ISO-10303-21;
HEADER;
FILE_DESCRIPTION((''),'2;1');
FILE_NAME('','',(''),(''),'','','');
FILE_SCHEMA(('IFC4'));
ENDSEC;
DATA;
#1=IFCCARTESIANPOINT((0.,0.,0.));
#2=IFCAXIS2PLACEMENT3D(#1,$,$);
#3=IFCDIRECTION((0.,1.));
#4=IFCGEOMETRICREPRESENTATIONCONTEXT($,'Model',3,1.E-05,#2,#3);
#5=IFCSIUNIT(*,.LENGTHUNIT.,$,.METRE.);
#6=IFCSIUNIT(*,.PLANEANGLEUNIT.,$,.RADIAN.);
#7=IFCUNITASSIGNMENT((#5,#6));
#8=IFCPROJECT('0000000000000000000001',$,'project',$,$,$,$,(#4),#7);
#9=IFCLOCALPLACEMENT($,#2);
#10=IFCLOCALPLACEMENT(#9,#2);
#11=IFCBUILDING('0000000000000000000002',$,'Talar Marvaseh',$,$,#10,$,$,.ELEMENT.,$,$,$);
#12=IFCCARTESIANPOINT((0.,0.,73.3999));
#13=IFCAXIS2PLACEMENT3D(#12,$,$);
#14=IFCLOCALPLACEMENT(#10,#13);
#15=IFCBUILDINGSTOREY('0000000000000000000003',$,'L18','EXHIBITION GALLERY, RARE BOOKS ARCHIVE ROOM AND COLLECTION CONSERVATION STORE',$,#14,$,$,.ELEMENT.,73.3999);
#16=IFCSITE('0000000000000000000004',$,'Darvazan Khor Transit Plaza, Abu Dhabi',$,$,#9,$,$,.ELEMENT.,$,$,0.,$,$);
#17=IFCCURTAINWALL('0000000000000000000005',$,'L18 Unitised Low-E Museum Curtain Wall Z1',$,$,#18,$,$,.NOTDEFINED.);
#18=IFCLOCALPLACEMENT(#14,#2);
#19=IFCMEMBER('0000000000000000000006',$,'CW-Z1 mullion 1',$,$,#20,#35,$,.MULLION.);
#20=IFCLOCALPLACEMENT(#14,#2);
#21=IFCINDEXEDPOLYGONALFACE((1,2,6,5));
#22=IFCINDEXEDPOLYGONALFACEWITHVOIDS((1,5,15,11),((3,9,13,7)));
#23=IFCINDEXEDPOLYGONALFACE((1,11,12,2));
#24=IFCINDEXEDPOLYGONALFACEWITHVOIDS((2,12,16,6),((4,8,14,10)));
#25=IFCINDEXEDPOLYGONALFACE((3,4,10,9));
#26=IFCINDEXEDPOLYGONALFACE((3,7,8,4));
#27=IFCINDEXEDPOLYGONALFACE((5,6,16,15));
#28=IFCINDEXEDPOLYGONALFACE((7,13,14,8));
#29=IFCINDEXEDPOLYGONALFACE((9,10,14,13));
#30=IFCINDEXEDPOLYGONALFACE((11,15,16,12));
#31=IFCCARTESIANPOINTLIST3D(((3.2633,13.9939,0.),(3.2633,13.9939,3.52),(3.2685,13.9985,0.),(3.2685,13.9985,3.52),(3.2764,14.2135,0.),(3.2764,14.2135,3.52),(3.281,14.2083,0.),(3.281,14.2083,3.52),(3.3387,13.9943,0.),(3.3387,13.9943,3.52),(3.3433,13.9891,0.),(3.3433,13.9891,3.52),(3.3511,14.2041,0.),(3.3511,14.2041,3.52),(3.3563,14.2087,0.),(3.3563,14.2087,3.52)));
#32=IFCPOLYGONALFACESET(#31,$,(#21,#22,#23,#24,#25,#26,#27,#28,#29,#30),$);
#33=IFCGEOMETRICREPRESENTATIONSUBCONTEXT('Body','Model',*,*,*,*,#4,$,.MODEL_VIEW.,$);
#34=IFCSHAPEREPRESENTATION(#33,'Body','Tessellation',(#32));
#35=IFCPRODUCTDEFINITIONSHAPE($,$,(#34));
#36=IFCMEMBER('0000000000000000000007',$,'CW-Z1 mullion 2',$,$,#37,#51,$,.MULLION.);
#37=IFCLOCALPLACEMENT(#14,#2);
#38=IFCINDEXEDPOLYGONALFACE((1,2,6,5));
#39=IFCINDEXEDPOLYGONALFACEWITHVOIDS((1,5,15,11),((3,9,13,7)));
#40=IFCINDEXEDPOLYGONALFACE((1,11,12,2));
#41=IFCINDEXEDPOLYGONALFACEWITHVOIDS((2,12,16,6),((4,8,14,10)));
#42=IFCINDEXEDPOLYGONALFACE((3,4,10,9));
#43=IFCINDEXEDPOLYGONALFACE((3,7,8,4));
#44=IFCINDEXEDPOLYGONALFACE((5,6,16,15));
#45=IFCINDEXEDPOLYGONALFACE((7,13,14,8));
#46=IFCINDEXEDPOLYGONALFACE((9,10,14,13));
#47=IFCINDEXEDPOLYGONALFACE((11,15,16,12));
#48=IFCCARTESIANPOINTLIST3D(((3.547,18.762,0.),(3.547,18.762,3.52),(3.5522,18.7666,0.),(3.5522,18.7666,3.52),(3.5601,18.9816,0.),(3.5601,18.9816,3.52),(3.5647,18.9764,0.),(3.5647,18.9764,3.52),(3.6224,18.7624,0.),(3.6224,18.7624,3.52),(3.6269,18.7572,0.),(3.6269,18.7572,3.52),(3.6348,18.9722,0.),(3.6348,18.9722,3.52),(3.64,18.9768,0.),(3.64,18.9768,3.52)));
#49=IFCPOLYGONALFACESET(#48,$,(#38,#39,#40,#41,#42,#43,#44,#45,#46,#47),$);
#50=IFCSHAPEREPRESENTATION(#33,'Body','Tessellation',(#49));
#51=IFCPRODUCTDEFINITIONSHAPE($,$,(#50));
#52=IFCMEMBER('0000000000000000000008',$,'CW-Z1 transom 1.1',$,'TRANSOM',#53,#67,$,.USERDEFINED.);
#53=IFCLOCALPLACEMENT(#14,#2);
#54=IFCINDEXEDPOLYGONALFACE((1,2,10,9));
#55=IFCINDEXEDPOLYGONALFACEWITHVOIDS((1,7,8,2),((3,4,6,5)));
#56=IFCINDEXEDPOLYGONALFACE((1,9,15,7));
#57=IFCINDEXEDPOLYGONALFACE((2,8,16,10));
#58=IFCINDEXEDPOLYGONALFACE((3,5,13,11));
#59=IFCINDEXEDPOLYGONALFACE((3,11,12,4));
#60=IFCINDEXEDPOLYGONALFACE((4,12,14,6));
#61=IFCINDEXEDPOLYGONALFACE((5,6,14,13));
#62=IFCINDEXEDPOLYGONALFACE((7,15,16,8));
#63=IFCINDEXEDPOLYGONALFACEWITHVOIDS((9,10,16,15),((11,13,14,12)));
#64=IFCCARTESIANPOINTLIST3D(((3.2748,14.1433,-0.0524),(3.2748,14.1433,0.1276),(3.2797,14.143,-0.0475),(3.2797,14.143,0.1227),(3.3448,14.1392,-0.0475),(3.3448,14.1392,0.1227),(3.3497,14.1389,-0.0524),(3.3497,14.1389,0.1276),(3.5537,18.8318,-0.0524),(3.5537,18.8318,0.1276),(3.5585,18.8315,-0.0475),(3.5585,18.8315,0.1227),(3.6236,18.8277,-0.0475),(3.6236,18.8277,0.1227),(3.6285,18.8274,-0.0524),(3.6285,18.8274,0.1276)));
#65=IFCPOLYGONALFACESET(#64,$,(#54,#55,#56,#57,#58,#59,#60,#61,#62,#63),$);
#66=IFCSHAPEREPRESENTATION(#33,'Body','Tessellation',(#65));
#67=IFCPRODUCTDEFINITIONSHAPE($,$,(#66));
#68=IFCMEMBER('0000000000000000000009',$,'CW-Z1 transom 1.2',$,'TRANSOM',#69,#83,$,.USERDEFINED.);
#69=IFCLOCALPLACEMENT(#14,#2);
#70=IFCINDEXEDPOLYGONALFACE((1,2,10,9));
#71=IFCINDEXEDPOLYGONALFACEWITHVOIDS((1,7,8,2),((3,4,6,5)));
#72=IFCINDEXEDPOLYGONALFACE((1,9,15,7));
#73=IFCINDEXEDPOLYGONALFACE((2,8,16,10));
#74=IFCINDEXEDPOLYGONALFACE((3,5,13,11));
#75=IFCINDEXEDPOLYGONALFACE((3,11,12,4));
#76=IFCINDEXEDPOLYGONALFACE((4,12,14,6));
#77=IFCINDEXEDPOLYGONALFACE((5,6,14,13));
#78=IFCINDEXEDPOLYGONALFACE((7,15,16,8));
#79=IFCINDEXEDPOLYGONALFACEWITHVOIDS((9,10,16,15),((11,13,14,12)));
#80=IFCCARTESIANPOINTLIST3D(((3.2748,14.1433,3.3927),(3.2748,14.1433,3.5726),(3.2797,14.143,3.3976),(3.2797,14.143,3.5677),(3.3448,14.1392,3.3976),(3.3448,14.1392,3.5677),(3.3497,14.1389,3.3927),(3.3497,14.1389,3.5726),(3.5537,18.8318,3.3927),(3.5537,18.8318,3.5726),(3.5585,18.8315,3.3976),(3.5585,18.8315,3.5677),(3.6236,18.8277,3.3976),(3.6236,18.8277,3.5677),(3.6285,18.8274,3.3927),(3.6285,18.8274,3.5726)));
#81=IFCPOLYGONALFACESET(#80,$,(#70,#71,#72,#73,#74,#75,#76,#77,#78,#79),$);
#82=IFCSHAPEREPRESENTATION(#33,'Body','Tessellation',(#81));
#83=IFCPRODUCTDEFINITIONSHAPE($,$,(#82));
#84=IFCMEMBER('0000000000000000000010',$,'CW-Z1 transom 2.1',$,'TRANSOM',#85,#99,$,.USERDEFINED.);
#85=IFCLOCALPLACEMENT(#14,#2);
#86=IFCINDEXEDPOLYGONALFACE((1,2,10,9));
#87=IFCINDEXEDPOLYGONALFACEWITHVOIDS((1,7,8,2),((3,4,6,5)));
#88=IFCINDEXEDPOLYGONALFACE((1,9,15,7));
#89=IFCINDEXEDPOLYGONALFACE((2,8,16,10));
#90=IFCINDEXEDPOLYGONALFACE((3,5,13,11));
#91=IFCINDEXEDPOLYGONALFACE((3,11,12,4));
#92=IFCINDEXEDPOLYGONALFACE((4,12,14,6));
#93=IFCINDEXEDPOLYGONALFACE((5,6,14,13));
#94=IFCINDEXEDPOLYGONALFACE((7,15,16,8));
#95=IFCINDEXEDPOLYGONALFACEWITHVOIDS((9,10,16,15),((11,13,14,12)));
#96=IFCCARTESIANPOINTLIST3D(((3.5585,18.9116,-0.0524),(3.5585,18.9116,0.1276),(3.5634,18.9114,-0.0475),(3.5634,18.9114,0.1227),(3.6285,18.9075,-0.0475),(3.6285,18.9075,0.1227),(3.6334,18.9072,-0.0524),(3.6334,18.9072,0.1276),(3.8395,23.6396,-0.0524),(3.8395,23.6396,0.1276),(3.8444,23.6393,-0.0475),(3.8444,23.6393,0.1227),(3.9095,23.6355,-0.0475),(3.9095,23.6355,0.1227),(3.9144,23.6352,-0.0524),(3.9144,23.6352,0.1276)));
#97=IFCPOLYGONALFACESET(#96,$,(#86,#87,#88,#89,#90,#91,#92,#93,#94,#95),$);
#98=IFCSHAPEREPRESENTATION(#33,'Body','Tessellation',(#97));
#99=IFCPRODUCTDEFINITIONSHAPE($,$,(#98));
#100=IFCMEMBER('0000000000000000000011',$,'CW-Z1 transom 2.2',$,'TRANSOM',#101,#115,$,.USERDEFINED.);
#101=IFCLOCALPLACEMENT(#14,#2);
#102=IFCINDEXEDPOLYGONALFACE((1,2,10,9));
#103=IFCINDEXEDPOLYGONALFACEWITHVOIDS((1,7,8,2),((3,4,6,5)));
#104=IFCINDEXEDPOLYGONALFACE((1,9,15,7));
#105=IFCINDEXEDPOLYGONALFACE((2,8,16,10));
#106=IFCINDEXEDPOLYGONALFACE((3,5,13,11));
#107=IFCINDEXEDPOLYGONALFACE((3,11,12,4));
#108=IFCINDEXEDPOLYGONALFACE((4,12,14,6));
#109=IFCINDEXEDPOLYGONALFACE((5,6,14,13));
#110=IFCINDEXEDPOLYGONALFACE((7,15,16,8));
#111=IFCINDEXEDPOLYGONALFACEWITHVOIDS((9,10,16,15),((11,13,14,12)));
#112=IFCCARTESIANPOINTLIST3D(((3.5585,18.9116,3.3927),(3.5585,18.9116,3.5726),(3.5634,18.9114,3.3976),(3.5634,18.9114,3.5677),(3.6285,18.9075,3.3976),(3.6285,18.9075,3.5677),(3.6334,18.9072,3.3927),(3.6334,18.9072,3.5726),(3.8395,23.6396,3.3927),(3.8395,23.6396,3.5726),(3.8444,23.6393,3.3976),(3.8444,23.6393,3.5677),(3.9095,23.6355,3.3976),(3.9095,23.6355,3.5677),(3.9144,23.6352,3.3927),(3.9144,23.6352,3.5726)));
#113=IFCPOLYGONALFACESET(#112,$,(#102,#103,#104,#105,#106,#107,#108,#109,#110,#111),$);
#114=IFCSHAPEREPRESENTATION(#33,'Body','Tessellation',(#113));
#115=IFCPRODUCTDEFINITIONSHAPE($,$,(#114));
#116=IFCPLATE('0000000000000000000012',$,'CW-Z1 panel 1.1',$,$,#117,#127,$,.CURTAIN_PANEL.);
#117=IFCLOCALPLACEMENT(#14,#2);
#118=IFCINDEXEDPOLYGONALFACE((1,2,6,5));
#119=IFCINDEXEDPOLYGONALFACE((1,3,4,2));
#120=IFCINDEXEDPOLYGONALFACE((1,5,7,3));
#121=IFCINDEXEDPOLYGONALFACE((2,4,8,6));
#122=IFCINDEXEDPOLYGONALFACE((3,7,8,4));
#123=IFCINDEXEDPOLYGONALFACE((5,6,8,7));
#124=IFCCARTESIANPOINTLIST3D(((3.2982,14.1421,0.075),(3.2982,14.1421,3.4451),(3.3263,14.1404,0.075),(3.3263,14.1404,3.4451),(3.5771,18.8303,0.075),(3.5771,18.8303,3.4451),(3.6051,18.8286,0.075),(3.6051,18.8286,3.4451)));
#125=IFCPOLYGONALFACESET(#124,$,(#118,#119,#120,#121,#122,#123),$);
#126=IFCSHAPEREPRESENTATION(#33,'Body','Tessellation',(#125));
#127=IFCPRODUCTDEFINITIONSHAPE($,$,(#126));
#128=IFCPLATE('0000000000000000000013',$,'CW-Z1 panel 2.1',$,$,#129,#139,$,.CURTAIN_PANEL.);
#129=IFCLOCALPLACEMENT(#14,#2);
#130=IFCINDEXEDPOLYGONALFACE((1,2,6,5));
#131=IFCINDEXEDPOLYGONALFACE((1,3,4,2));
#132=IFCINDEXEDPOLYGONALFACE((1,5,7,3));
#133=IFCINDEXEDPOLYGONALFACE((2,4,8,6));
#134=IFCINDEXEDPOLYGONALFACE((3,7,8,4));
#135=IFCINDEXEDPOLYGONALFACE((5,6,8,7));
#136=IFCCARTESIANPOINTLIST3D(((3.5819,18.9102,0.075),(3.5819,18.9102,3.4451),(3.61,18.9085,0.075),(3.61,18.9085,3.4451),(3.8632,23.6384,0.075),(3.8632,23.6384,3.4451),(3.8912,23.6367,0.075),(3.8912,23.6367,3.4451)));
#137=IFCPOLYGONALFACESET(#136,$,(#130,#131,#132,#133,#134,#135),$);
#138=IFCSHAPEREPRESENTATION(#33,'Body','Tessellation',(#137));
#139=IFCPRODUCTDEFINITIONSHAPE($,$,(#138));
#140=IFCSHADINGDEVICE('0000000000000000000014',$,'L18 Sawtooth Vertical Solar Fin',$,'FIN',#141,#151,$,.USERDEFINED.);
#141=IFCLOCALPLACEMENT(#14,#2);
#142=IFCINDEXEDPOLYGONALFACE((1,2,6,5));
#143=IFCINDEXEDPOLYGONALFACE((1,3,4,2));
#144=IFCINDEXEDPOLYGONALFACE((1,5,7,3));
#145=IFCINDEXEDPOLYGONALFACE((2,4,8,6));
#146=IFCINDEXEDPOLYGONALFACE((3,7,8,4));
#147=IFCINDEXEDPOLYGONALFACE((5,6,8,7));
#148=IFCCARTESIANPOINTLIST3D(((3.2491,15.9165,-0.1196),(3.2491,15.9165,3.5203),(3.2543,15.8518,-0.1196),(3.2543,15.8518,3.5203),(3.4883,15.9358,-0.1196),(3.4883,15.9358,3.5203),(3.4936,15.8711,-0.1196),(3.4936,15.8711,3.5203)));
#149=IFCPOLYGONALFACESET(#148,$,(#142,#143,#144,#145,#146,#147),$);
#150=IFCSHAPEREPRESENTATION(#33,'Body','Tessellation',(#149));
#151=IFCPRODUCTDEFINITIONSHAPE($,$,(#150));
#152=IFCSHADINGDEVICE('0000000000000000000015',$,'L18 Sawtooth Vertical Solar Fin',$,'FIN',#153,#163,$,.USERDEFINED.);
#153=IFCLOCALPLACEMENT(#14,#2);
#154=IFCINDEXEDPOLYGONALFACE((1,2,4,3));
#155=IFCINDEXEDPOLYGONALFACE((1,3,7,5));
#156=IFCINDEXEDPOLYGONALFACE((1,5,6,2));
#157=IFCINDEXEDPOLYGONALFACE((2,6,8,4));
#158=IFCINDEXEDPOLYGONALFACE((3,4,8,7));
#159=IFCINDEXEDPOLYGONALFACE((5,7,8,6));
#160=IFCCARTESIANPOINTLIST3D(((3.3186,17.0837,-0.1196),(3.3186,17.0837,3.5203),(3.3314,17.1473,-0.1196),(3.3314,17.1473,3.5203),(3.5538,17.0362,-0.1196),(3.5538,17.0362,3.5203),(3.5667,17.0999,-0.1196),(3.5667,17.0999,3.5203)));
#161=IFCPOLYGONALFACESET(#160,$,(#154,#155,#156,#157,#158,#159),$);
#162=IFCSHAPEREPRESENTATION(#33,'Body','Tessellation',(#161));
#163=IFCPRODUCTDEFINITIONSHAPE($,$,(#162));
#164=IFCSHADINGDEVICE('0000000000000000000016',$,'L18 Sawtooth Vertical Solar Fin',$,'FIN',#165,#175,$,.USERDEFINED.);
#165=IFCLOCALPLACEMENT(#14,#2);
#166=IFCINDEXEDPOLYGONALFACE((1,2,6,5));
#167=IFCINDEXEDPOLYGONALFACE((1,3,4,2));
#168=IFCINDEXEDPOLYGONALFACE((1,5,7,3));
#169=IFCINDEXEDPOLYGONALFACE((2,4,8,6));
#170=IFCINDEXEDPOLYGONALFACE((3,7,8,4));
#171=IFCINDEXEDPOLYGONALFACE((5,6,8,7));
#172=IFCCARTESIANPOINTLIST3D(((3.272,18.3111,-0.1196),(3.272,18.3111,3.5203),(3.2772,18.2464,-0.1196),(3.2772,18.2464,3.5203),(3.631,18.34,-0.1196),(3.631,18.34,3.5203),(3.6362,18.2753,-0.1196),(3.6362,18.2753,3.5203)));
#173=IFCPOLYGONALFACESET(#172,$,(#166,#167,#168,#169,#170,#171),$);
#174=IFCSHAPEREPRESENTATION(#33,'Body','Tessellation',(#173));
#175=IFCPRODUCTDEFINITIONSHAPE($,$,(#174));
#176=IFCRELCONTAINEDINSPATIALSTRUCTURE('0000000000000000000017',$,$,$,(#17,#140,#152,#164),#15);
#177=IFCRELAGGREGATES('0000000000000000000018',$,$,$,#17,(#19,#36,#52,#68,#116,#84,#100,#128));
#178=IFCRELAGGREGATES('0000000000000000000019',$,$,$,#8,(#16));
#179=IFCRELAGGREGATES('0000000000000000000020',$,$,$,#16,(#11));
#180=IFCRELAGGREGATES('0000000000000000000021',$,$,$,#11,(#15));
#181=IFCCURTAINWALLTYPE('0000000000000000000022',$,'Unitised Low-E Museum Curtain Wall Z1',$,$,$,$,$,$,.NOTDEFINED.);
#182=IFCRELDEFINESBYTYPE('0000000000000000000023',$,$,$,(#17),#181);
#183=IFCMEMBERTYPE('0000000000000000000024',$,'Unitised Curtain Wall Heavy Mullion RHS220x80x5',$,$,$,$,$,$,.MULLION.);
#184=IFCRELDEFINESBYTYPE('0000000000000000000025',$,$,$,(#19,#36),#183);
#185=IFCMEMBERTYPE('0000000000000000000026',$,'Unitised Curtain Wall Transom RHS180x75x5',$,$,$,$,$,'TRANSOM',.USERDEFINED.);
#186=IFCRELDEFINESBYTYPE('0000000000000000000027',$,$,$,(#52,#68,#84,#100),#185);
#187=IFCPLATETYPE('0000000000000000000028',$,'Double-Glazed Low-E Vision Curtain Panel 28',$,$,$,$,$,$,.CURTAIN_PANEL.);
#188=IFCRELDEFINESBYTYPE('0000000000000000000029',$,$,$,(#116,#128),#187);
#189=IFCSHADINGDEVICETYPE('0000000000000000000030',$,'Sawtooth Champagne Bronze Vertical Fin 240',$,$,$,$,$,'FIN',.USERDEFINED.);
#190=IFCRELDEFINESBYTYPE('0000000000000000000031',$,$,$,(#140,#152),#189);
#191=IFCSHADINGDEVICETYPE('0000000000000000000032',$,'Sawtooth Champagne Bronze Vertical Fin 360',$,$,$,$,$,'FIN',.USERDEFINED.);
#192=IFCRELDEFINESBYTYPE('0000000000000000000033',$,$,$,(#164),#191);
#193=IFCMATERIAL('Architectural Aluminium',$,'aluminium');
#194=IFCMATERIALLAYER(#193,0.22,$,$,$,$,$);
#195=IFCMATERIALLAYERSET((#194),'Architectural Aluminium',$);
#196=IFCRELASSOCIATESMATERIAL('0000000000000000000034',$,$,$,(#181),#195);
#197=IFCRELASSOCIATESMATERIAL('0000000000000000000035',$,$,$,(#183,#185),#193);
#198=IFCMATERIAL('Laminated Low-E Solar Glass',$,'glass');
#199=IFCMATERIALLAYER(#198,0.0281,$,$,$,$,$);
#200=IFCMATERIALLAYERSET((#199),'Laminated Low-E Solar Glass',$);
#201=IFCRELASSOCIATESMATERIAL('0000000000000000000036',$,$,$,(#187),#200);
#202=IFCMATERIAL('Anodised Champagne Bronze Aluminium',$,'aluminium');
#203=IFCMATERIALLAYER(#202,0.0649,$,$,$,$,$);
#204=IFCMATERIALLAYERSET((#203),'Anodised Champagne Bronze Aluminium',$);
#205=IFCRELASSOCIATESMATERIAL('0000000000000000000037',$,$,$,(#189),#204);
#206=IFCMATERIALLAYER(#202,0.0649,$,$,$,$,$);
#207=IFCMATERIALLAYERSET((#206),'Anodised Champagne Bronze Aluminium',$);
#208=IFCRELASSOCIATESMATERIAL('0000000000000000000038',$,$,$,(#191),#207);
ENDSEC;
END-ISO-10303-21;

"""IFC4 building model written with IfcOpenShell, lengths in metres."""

from ifc_helpers import new_model, si_unit, direction, frame, origin, origin_2d, place, context, subcontext, project, spatial, rectangle, hollow_rectangle, extrude, source, transform, mapped, material, layer, layer_set, material_profile, profile_set, type_object, type_shapes, element, aggregate, save


model = new_model("IFC4")

# Units and contexts
model_context = context("Model", 3, precision=1e-05, world=origin(), true_north=direction((0.0, 1.0)))
body_context = subcontext(model_context, "Body", "Model", "MODEL_VIEW")
ifc_project = project(units=[si_unit("LENGTHUNIT", "METRE"), si_unit("PLANEANGLEUNIT", "RADIAN")], contexts=[model_context])

# Site, building, storey
site_placement = place(None, origin())
site = spatial("IfcSite", under=ifc_project, at=site_placement, Name="Darvazan Khor Transit Plaza, Abu Dhabi", CompositionType="ELEMENT", RefElevation=0.0)
building_placement = place(site_placement, origin())
building = spatial("IfcBuilding", under=site, at=building_placement, Name="Talar Marvaseh", CompositionType="ELEMENT")
storey_placement = place(building_placement, frame((0.0, 0.0, 73.3999)))
storey = spatial("IfcBuildingStorey", under=building, at=storey_placement, Name="L18", Description="EXHIBITION GALLERY, RARE BOOKS ARCHIVE ROOM AND COLLECTION CONSERVATION STORE", CompositionType="ELEMENT", Elevation=73.3999)

# Curtain wall, members, plates
ifc_material_1 = material(Name="Architectural Aluminium", Category="aluminium")
ifc_layer_1 = layer(ifc_material_1, 0.22)
ifc_layer_set_1 = layer_set([ifc_layer_1], Name="Architectural Aluminium")
curtain_wall_type = type_object("IfcCurtainWallType", Name="Unitised Low-E Museum Curtain Wall Z1", PredefinedType="NOTDEFINED", material=ifc_layer_set_1)
curtain_wall_placement = place(storey_placement, origin())
curtain_wall = element("IfcCurtainWall", 1, at=curtain_wall_placement, inside=storey, type_object=curtain_wall_type, Name="L18 Unitised Low-E Museum Curtain Wall Z1", PredefinedType="NOTDEFINED")
ifc_material_profile_1 = material_profile(ifc_material_1, hollow_rectangle(XDim=0.0801, YDim=0.22, WallThickness=0.0049, at=origin_2d()), Name="RHS220x80x5")
ifc_profile_set_1 = profile_set([ifc_material_profile_1], Name="Architectural Aluminium")
member_type_1 = type_object("IfcMemberType", Name="Unitised Curtain Wall Heavy Mullion RHS220x80x5", PredefinedType="MULLION", material=ifc_profile_set_1)
shared_shape_1 = source(origin(), body_context, "Body", "SweptSolid", [
    extrude(hollow_rectangle(XDim=0.0801, YDim=0.22, WallThickness=0.0049, at=origin_2d()), origin(), (0.0, 0.0, 1.0), 3.52),
])
type_shapes(member_type_1, [shared_shape_1])
member_1_placement = place(storey_placement, frame((3.3098, 14.1013, 0.0), z_axis=(0.0, 0.0, 1.0), x_axis=(-0.998236, 0.059373, 0.0)))
member_1 = element("IfcMember", 2, at=member_1_placement, type_object=member_type_1, Name="CW-Z1 mullion 1", PredefinedType="MULLION", context=body_context, shape_type="MappedRepresentation", body=[
    mapped(shared_shape_1, transform((0.0, 0.0, 0.0), x_axis=(1.0, 0.0, 0.0), y_axis=(0.0, 1.0, 0.0), z_axis=(0.0, 0.0, 1.0), scale=1.0)),
])
member_2_placement = place(storey_placement, frame((3.5935, 18.8694, 0.0), z_axis=(0.0, 0.0, 1.0), x_axis=(-0.998236, 0.059373, 0.0)))
member_2 = element("IfcMember", 3, at=member_2_placement, type_object=member_type_1, Name="CW-Z1 mullion 2", PredefinedType="MULLION", context=body_context, shape_type="MappedRepresentation", body=[
    mapped(shared_shape_1, transform((0.0, 0.0, 0.0), x_axis=(1.0, 0.0, 0.0), y_axis=(0.0, 1.0, 0.0), z_axis=(0.0, 0.0, 1.0), scale=1.0)),
])
ifc_material_profile_2 = material_profile(ifc_material_1, hollow_rectangle(XDim=0.075, YDim=0.1799, WallThickness=0.0049, at=origin_2d()), Name="RHS180x75x5")
ifc_profile_set_2 = profile_set([ifc_material_profile_2], Name="Architectural Aluminium")
member_type_2 = type_object("IfcMemberType", Name="Unitised Curtain Wall Transom RHS180x75x5", ElementType="TRANSOM", PredefinedType="USERDEFINED", material=ifc_profile_set_2)
shared_shape_2 = source(origin(), body_context, "Body", "SweptSolid", [
    extrude(hollow_rectangle(XDim=0.075, YDim=0.1799, WallThickness=0.0049, at=origin_2d()), origin(), (0.0, 0.0, 1.0), 4.6968),
])
member_3_placement = place(storey_placement, frame((3.3123, 14.1411, 0.0376), z_axis=(0.059362, 0.998237, 0.0), x_axis=(-0.998237, 0.059362, 0.0)))
member_3 = element("IfcMember", 4, at=member_3_placement, type_object=member_type_2, Name="CW-Z1 transom 1.1", ObjectType="TRANSOM", PredefinedType="USERDEFINED", context=body_context, shape_type="MappedRepresentation", body=[
    mapped(shared_shape_2, transform((0.0, 0.0, 0.0), x_axis=(1.0, 0.0, 0.0), y_axis=(0.0, 1.0, 0.0), z_axis=(0.0, 0.0, 1.0), scale=1.0)),
])
member_4_placement = place(storey_placement, frame((3.3123, 14.1411, 3.4827), z_axis=(0.059362, 0.998237, 0.0), x_axis=(-0.998237, 0.059362, 0.0)))
member_4 = element("IfcMember", 5, at=member_4_placement, type_object=member_type_2, Name="CW-Z1 transom 1.2", ObjectType="TRANSOM", PredefinedType="USERDEFINED", context=body_context, shape_type="MappedRepresentation", body=[
    mapped(shared_shape_2, transform((0.0, 0.0, 0.0), x_axis=(1.0, 0.0, 0.0), y_axis=(0.0, 1.0, 0.0), z_axis=(0.0, 0.0, 1.0), scale=1.0)),
])
shared_shape_3 = source(origin(), body_context, "Body", "SweptSolid", [
    extrude(hollow_rectangle(XDim=0.075, YDim=0.1799, WallThickness=0.0049, at=origin_2d()), origin(), (0.0, 0.0, 1.0), 4.7363),
])
type_shapes(member_type_2, [shared_shape_2, shared_shape_3])
member_5_placement = place(storey_placement, frame((3.5959, 18.9094, 0.0376), z_axis=(0.059329, 0.998238, 0.0), x_axis=(-0.998238, 0.059329, 0.0)))
member_5 = element("IfcMember", 6, at=member_5_placement, type_object=member_type_2, Name="CW-Z1 transom 2.1", ObjectType="TRANSOM", PredefinedType="USERDEFINED", context=body_context, shape_type="MappedRepresentation", body=[
    mapped(shared_shape_3, transform((0.0, 0.0, 0.0), x_axis=(1.0, 0.0, 0.0), y_axis=(0.0, 1.0, 0.0), z_axis=(0.0, 0.0, 1.0), scale=1.0)),
])
member_6_placement = place(storey_placement, frame((3.5959, 18.9094, 3.4827), z_axis=(0.059329, 0.998238, 0.0), x_axis=(-0.998238, 0.059329, 0.0)))
member_6 = element("IfcMember", 7, at=member_6_placement, type_object=member_type_2, Name="CW-Z1 transom 2.2", ObjectType="TRANSOM", PredefinedType="USERDEFINED", context=body_context, shape_type="MappedRepresentation", body=[
    mapped(shared_shape_3, transform((0.0, 0.0, 0.0), x_axis=(1.0, 0.0, 0.0), y_axis=(0.0, 1.0, 0.0), z_axis=(0.0, 0.0, 1.0), scale=1.0)),
])
ifc_material_2 = material(Name="Laminated Low-E Solar Glass", Category="glass")
ifc_layer_2 = layer(ifc_material_2, 0.0281)
ifc_layer_set_2 = layer_set([ifc_layer_2], Name="Laminated Low-E Solar Glass")
plate_type = type_object("IfcPlateType", Name="Double-Glazed Low-E Vision Curtain Panel 28", PredefinedType="CURTAIN_PANEL", material=ifc_layer_set_2)
shared_shape_4 = source(origin(), body_context, "Body", "SweptSolid", [
    extrude(rectangle(XDim=4.6965, YDim=0.0281, at=origin_2d()), origin(), (0.0, 0.0, 1.0), 3.3701),
])
plate_1_placement = place(storey_placement, frame((3.4517, 16.4854, 0.075), z_axis=(0.0, 0.0, 1.0), x_axis=(0.059373, 0.998236, 0.0)))
plate_1 = element("IfcPlate", 8, at=plate_1_placement, type_object=plate_type, Name="CW-Z1 panel 1.1", PredefinedType="CURTAIN_PANEL", context=body_context, shape_type="MappedRepresentation", body=[
    mapped(shared_shape_4, transform((0.0, 0.0, 0.0), x_axis=(1.0, 0.0, 0.0), y_axis=(0.0, 1.0, 0.0), z_axis=(0.0, 0.0, 1.0), scale=1.0)),
])
shared_shape_5 = source(origin(), body_context, "Body", "SweptSolid", [
    extrude(rectangle(XDim=4.7366, YDim=0.0281, at=origin_2d()), origin(), (0.0, 0.0, 1.0), 3.3701),
])
type_shapes(plate_type, [shared_shape_4, shared_shape_5])
plate_2_placement = place(storey_placement, frame((3.7366, 21.2734, 0.075), z_axis=(0.0, 0.0, 1.0), x_axis=(0.059373, 0.998236, 0.0)))
plate_2 = element("IfcPlate", 9, at=plate_2_placement, type_object=plate_type, Name="CW-Z1 panel 2.1", PredefinedType="CURTAIN_PANEL", context=body_context, shape_type="MappedRepresentation", body=[
    mapped(shared_shape_5, transform((0.0, 0.0, 0.0), x_axis=(1.0, 0.0, 0.0), y_axis=(0.0, 1.0, 0.0), z_axis=(0.0, 0.0, 1.0), scale=1.0)),
])
aggregate(curtain_wall, [member_1, member_2, member_3, member_4, plate_1, member_5, member_6, plate_2])

# Shading devices
ifc_material_3 = material(Name="Anodised Champagne Bronze Aluminium", Category="aluminium")
ifc_layer_3 = layer(ifc_material_3, 0.0649)
ifc_layer_set_3 = layer_set([ifc_layer_3], Name="Anodised Champagne Bronze Aluminium")
shading_device_type_1 = type_object("IfcShadingDeviceType", Name="Sawtooth Champagne Bronze Vertical Fin 240", ElementType="FIN", PredefinedType="USERDEFINED", material=ifc_layer_set_3)
shared_shape_6 = source(origin(), body_context, "Body", "SweptSolid", [
    extrude(rectangle(XDim=0.24, YDim=0.0649, at=origin_2d()), origin(), (0.0, 0.0, 1.0), 3.6399),
])
type_shapes(shading_device_type_1, [shared_shape_6])
for number, where, z_axis, x_axis, name in (
    (10, (3.3713, 15.8938, -0.1196), (0.0, 0.0, 1.0), (-0.996779, -0.080199, 0.0), "L18 Sawtooth Vertical Solar Fin"),
    (11, (3.4426, 17.0918, -0.1196), (0.0, 0.0, 1.0), (-0.980271, 0.197657, 0.0), "L18 Sawtooth Vertical Solar Fin"),
):
    element("IfcShadingDevice", number, at=place(storey_placement, frame(where, z_axis=z_axis, x_axis=x_axis)), inside=storey, type_object=shading_device_type_1, Name=name, ObjectType="FIN", PredefinedType="USERDEFINED", context=body_context, shape_type="MappedRepresentation", body=[
        mapped(shared_shape_6, transform((0.0, 0.0, 0.0), x_axis=(1.0, 0.0, 0.0), y_axis=(0.0, 1.0, 0.0), z_axis=(0.0, 0.0, 1.0), scale=1.0)),
    ])
ifc_layer_4 = layer(ifc_material_3, 0.0649)
ifc_layer_set_4 = layer_set([ifc_layer_4], Name="Anodised Champagne Bronze Aluminium")
shading_device_type_2 = type_object("IfcShadingDeviceType", Name="Sawtooth Champagne Bronze Vertical Fin 360", ElementType="FIN", PredefinedType="USERDEFINED", material=ifc_layer_set_4)
shared_shape_7 = source(origin(), body_context, "Body", "SweptSolid", [
    extrude(rectangle(XDim=0.3601, YDim=0.0649, at=origin_2d()), origin(), (0.0, 0.0, 1.0), 3.6399),
])
type_shapes(shading_device_type_2, [shared_shape_7])
for number, where, z_axis, x_axis, name in (
    (12, (3.4541, 18.2932, -0.1196), (0.0, 0.0, 1.0), (-0.996779, -0.080199, 0.0), "L18 Sawtooth Vertical Solar Fin"),
):
    element("IfcShadingDevice", number, at=place(storey_placement, frame(where, z_axis=z_axis, x_axis=x_axis)), inside=storey, type_object=shading_device_type_2, Name=name, ObjectType="FIN", PredefinedType="USERDEFINED", context=body_context, shape_type="MappedRepresentation", body=[
        mapped(shared_shape_7, transform((0.0, 0.0, 0.0), x_axis=(1.0, 0.0, 0.0), y_axis=(0.0, 1.0, 0.0), z_axis=(0.0, 0.0, 1.0), scale=1.0)),
    ])

save(model, "model.ifc")
